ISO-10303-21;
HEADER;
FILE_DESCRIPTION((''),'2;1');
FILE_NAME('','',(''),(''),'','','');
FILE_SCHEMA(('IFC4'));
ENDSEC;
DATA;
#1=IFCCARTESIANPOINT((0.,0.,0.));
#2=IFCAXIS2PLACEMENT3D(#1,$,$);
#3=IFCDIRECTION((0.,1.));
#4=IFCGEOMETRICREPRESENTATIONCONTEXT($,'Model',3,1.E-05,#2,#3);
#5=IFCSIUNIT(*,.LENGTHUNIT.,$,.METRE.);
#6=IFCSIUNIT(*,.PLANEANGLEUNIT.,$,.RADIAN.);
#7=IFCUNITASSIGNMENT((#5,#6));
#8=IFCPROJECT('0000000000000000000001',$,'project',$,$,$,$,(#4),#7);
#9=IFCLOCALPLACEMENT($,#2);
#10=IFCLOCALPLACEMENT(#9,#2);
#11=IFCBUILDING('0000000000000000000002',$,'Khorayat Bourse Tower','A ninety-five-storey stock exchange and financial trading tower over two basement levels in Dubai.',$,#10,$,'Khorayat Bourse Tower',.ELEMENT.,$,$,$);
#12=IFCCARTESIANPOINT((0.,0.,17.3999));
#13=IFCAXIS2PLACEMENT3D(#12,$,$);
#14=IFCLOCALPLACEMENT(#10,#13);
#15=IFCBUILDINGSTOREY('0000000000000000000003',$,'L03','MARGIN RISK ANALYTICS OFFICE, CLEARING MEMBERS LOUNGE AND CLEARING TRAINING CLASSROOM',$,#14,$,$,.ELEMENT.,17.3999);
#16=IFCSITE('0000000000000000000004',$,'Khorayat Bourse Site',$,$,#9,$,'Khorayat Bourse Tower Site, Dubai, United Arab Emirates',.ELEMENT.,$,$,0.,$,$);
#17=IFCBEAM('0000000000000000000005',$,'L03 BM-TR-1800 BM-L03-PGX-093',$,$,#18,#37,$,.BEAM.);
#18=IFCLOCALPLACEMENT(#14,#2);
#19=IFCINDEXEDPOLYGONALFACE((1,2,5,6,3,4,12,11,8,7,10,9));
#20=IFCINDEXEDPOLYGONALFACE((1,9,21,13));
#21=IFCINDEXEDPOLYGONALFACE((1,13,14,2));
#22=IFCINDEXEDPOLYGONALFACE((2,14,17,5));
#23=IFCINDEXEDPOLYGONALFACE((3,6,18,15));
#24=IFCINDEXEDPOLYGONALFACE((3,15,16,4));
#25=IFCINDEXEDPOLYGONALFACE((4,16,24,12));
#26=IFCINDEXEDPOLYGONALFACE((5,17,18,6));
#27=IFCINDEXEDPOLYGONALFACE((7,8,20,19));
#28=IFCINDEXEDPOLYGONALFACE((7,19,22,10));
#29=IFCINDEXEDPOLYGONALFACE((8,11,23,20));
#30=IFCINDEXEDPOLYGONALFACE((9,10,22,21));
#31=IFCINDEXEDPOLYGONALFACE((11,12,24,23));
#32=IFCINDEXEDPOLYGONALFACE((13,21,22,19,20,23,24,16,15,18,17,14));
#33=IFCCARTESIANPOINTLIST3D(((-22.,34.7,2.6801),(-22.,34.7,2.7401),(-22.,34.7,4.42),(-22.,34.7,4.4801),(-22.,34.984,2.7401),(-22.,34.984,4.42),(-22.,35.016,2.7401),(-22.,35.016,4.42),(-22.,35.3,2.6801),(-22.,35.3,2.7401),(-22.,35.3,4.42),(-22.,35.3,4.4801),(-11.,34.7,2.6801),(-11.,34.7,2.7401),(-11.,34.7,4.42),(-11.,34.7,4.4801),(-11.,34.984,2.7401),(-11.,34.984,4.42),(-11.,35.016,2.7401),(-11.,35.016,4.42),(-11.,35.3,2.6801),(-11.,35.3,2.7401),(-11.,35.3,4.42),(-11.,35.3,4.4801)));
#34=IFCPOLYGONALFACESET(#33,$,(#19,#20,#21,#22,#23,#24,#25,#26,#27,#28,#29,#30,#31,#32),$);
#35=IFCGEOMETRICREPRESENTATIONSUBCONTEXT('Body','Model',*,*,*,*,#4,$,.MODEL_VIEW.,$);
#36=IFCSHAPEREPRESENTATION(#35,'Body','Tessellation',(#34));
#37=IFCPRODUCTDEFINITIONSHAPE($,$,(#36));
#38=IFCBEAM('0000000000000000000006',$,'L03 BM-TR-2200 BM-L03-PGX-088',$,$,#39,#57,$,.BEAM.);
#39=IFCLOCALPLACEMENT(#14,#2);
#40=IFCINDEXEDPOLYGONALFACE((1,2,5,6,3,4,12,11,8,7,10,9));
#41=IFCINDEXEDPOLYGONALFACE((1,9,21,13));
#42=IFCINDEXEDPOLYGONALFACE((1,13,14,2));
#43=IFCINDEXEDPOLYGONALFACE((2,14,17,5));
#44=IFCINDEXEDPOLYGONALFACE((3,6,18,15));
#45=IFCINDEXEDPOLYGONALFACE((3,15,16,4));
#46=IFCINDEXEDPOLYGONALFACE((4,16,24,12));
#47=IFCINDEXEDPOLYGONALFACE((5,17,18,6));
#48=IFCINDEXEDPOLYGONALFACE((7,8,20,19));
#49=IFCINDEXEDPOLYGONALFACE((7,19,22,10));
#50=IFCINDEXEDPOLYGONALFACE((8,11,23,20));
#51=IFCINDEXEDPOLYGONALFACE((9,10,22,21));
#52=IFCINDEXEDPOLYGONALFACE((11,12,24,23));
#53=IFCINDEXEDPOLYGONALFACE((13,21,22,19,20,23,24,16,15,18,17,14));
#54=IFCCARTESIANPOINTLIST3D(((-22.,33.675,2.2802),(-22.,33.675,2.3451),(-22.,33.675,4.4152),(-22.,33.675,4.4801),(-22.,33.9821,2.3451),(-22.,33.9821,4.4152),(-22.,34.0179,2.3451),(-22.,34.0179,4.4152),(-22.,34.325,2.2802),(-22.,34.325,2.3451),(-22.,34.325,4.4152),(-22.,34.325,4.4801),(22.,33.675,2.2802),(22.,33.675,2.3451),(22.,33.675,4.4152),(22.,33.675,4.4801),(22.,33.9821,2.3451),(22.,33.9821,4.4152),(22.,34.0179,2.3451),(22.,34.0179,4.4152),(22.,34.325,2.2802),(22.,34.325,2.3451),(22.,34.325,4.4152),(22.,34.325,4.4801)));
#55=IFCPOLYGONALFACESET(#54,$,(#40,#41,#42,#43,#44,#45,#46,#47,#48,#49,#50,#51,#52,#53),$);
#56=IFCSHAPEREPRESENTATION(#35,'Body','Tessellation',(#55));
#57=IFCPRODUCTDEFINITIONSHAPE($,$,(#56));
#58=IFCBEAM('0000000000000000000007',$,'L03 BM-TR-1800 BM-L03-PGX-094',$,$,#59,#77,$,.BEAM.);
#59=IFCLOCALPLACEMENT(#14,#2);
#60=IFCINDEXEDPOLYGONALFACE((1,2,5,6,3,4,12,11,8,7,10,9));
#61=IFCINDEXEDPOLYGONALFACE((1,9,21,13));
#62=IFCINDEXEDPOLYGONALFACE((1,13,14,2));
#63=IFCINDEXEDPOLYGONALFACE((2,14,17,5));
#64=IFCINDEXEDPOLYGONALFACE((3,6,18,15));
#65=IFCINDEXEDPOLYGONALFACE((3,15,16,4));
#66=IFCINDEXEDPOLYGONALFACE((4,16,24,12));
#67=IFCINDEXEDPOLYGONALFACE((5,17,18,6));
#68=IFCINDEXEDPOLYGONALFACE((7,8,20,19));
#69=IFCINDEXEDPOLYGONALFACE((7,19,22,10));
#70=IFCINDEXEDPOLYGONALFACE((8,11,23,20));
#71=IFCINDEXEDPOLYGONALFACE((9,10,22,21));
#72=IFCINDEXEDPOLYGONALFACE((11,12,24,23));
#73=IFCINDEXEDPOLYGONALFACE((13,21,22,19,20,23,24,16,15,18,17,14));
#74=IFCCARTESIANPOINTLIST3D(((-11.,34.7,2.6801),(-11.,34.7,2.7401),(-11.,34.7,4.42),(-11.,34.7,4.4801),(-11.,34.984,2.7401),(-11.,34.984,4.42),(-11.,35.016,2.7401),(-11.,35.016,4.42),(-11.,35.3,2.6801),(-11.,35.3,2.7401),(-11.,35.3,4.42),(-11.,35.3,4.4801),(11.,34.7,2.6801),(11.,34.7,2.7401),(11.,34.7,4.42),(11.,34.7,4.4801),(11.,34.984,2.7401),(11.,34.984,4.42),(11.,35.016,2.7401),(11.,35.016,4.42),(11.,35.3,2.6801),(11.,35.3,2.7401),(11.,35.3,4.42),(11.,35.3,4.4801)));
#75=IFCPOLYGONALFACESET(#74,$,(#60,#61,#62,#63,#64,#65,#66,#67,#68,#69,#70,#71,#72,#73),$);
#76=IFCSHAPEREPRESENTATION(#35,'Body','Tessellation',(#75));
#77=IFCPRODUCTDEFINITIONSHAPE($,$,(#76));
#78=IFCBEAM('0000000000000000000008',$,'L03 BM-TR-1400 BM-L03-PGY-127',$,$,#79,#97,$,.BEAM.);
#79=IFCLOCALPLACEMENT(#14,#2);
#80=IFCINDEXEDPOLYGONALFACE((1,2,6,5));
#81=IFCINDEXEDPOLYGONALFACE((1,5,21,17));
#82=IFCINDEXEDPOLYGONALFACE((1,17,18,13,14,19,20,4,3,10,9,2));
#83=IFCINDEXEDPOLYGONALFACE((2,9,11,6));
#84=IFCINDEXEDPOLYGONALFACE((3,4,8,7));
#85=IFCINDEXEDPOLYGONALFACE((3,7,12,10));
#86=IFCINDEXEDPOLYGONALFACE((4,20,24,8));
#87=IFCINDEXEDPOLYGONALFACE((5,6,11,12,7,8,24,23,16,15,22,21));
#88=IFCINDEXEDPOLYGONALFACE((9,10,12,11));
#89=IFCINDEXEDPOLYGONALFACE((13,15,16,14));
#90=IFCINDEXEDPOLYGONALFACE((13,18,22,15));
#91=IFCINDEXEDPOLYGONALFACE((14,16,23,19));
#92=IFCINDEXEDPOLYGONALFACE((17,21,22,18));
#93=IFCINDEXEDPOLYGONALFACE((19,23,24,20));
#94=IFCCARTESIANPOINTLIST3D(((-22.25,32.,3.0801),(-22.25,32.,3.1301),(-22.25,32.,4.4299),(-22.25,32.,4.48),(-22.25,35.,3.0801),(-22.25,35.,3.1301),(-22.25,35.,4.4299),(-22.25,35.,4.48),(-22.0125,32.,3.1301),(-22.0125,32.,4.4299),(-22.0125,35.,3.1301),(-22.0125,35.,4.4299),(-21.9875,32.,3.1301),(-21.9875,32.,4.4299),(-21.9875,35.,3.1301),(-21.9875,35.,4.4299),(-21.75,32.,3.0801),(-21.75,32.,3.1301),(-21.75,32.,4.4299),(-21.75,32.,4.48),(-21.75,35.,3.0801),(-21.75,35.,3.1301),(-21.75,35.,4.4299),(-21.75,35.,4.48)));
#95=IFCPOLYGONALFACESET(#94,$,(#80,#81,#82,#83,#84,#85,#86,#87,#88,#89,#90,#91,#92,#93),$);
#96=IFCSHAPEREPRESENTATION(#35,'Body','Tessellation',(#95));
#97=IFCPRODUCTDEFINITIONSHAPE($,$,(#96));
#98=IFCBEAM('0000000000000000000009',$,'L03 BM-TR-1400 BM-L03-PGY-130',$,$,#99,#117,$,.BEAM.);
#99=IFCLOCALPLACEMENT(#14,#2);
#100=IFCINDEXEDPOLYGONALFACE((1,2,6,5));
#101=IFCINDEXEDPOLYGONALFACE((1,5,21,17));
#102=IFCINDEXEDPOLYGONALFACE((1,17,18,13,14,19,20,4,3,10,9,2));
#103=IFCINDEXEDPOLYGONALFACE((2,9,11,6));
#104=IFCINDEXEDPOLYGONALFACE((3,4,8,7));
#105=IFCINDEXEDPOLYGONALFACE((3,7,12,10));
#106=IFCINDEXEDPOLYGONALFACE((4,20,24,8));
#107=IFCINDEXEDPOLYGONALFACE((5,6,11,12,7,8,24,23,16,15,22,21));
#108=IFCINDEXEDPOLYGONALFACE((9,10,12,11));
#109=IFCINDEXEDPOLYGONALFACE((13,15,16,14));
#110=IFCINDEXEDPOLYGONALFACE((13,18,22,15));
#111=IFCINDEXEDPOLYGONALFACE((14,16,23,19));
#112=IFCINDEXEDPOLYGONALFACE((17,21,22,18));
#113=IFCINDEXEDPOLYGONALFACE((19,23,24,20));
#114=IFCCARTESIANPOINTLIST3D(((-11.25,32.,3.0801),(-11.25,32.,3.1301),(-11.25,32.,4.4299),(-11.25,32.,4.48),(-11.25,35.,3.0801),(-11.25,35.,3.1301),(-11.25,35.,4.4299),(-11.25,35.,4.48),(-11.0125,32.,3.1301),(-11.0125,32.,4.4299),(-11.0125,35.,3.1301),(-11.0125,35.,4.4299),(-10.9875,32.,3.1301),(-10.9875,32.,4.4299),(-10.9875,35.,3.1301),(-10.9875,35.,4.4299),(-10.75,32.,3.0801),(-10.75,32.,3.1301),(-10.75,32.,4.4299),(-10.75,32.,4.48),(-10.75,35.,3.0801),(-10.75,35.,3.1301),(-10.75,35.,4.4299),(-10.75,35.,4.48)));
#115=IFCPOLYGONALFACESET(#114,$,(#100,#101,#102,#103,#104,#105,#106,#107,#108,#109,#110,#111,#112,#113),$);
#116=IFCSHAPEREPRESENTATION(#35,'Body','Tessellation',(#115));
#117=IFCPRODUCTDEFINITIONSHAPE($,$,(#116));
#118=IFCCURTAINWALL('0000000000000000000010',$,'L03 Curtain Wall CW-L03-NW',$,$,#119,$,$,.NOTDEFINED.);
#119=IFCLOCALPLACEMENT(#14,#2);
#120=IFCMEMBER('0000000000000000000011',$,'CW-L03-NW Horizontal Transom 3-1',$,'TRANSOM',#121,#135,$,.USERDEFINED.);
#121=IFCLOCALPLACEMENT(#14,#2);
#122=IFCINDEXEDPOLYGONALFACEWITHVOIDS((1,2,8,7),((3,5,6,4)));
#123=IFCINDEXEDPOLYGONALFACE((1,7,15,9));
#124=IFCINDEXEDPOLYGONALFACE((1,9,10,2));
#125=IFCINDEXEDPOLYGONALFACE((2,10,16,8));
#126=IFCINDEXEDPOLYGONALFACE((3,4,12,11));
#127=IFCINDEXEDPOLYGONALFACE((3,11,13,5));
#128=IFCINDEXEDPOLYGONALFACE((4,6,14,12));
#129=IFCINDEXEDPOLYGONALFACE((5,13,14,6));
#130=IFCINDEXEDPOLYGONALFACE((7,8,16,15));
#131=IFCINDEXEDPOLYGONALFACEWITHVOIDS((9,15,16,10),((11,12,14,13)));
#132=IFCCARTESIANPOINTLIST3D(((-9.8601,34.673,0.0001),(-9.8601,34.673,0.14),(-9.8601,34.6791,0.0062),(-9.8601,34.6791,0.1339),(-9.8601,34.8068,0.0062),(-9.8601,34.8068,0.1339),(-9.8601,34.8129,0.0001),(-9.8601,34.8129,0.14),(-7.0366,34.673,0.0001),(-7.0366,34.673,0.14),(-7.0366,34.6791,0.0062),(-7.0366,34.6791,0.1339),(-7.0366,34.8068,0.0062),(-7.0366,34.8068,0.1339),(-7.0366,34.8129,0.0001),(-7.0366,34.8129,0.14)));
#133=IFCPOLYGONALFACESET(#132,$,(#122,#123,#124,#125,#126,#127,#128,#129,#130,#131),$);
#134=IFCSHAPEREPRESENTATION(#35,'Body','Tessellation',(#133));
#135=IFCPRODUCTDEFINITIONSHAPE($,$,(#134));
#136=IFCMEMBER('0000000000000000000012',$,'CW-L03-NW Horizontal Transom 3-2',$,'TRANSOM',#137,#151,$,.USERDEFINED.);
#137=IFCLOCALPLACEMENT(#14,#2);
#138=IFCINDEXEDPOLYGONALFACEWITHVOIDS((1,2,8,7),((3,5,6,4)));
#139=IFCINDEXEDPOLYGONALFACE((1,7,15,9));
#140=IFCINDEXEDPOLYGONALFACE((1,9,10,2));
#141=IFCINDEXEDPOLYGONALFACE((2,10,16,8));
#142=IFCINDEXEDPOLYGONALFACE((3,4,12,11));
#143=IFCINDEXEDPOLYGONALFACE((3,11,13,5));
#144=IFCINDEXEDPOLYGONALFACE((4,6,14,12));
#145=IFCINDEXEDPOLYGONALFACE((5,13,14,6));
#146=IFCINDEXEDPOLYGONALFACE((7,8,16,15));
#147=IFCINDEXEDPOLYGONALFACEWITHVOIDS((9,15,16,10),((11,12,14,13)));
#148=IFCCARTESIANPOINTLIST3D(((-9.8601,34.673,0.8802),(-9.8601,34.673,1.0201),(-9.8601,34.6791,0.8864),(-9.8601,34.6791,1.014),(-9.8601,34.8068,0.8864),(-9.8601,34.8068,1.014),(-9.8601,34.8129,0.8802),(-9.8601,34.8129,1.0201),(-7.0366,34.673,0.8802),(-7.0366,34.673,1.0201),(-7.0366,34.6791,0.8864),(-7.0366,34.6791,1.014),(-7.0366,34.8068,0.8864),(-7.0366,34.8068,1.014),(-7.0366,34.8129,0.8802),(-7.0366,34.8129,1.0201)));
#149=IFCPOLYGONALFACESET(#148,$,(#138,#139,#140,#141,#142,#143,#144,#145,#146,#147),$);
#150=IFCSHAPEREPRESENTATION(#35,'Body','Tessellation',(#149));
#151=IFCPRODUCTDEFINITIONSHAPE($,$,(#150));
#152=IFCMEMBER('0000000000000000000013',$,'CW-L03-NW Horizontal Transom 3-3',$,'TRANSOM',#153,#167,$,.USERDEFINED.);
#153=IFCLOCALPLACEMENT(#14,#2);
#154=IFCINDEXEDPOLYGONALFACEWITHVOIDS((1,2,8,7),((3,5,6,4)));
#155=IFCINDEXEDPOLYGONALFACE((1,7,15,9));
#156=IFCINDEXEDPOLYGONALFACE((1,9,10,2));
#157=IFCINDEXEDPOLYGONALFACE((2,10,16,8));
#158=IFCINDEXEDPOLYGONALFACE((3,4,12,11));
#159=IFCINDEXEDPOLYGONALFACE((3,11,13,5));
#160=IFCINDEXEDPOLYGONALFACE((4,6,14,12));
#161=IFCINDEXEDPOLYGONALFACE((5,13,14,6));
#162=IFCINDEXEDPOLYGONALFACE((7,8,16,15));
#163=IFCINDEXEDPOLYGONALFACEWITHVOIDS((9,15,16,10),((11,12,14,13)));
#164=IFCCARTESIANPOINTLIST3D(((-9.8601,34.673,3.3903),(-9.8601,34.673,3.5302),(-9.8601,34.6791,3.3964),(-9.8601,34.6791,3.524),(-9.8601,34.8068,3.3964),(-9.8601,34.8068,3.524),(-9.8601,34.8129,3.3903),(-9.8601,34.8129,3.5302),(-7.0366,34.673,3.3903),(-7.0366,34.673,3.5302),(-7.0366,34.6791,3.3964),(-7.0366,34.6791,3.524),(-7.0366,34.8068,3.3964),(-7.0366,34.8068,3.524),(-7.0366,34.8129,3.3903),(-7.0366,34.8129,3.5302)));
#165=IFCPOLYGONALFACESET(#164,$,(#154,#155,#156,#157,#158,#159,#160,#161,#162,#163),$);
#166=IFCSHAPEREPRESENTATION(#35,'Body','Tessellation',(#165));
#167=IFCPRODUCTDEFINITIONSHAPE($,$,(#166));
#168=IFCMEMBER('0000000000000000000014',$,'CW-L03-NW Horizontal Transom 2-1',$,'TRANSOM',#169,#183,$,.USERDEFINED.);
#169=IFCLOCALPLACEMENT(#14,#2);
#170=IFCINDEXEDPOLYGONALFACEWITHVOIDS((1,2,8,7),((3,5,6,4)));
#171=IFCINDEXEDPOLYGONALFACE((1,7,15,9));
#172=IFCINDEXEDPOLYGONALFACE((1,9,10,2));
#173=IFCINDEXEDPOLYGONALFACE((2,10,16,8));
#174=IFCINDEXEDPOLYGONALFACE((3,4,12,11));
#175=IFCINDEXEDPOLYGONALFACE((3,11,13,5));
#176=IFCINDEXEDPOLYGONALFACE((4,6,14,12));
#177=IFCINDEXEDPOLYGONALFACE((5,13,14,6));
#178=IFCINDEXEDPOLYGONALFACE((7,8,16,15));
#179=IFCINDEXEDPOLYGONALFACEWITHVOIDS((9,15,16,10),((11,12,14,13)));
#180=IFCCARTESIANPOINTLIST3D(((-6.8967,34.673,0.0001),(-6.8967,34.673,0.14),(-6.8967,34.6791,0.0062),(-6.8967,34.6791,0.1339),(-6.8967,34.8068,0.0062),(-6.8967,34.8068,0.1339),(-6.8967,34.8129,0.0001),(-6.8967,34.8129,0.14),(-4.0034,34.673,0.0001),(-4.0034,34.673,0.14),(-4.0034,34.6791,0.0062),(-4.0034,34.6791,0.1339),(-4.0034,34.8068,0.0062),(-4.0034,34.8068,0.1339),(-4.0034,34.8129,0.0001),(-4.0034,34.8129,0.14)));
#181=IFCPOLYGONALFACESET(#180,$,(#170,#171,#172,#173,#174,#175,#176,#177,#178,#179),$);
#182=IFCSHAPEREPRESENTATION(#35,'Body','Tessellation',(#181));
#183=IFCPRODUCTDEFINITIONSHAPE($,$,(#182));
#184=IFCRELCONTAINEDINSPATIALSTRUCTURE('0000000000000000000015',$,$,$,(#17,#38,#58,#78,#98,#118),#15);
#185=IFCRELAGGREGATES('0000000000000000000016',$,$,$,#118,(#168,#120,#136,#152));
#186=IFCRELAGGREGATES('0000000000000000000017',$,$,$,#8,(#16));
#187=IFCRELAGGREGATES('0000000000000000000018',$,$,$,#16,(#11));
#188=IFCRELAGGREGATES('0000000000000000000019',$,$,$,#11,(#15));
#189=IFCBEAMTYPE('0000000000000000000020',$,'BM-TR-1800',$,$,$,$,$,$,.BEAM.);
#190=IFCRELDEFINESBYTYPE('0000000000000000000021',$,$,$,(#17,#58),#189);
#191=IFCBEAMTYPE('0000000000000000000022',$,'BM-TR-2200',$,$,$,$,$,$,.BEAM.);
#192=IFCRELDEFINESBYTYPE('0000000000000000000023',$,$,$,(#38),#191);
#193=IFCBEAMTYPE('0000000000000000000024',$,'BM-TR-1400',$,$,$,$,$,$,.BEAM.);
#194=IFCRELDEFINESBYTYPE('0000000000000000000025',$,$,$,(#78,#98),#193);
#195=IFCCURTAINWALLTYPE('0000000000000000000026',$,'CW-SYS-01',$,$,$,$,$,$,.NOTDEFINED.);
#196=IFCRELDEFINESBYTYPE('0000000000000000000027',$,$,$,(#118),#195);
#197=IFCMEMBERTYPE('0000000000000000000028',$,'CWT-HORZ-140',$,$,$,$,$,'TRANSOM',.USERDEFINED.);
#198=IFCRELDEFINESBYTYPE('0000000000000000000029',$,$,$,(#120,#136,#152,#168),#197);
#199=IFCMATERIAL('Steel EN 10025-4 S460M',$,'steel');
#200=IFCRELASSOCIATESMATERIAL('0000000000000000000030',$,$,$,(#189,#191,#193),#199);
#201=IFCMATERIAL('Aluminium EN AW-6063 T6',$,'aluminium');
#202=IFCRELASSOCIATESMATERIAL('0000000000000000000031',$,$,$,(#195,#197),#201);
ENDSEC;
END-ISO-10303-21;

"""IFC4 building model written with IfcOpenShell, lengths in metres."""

from ifc_helpers import new_model, si_unit, direction, frame, origin, origin_2d, place, context, subcontext, project, spatial, hollow_rectangle, i_section, extrude, source, transform, mapped, material, material_profile, profile_set, type_object, element, aggregate, save


model = new_model("IFC4")

# Units and contexts
model_context = context("Model", 3, precision=1e-05, world=origin(), true_north=direction((0.0, 1.0)))
body_context = subcontext(model_context, "Body", "Model", "MODEL_VIEW")
ifc_project = project(units=[si_unit("LENGTHUNIT", "METRE"), si_unit("PLANEANGLEUNIT", "RADIAN")], contexts=[model_context])

# Site, building, storey
site_placement = place(None, origin())
site = spatial("IfcSite", under=ifc_project, at=site_placement, Name="Khorayat Bourse Site", LongName="Khorayat Bourse Tower Site, Dubai, United Arab Emirates", CompositionType="ELEMENT", RefElevation=0.0)
building_placement = place(site_placement, origin())
building = spatial("IfcBuilding", under=site, at=building_placement, Name="Khorayat Bourse Tower", Description="A ninety-five-storey stock exchange and financial trading tower over two basement levels in Dubai.", LongName="Khorayat Bourse Tower", CompositionType="ELEMENT")
storey_placement = place(building_placement, frame((0.0, 0.0, 17.3999)))
storey = spatial("IfcBuildingStorey", under=building, at=storey_placement, Name="L03", Description="MARGIN RISK ANALYTICS OFFICE, CLEARING MEMBERS LOUNGE AND CLEARING TRAINING CLASSROOM", CompositionType="ELEMENT", Elevation=17.3999)

# Beams
ifc_material_1 = material(Name="Steel EN 10025-4 S460M", Category="steel")
ifc_material_profile_1 = material_profile(ifc_material_1, i_section(OverallWidth=0.6001, OverallDepth=1.8, WebThickness=0.032, FlangeThickness=0.0601, at=origin_2d()), Name="PG 1800x600x32x60")
ifc_profile_set_1 = profile_set([ifc_material_profile_1], Name="Steel EN 10025-4 S460M")
beam_type_1 = type_object("IfcBeamType", Name="BM-TR-1800", PredefinedType="BEAM", material=ifc_profile_set_1)
shared_shape_1 = source(origin(), body_context, "Body", "SweptSolid", [
    extrude(i_section(OverallWidth=0.6001, OverallDepth=1.8, WebThickness=0.032, FlangeThickness=0.0601, at=origin_2d()), origin(), (0.0, 0.0, 1.0), 11.0),
])
for number, where, z_axis, x_axis, name in (
    (1, (-22.0, 35.0, 3.5801), (1.0, 0.0, 0.0), (0.0, 1.0, 0.0), "L03 BM-TR-1800 BM-L03-PGX-093"),
):
    element("IfcBeam", number, at=place(storey_placement, frame(where, z_axis=z_axis, x_axis=x_axis)), inside=storey, type_object=beam_type_1, Name=name, PredefinedType="BEAM", context=body_context, shape_type="MappedRepresentation", body=[
        mapped(shared_shape_1, transform((0.0, 0.0, 0.0), scale=1.0)),
    ])
ifc_material_profile_2 = material_profile(ifc_material_1, i_section(OverallWidth=0.6499, OverallDepth=2.2, WebThickness=0.0359, FlangeThickness=0.0649, at=origin_2d()), Name="PG 2200x650x36x65")
ifc_profile_set_2 = profile_set([ifc_material_profile_2], Name="Steel EN 10025-4 S460M")
beam_type_2 = type_object("IfcBeamType", Name="BM-TR-2200", PredefinedType="BEAM", material=ifc_profile_set_2)
shared_shape_2 = source(origin(), body_context, "Body", "SweptSolid", [
    extrude(i_section(OverallWidth=0.6499, OverallDepth=2.2, WebThickness=0.0359, FlangeThickness=0.0649, at=origin_2d()), origin(), (0.0, 0.0, 1.0), 44.0),
])
beam_1_placement = place(storey_placement, frame((-22.0, 34.0, 3.3801), z_axis=(1.0, 0.0, 0.0), x_axis=(0.0, 1.0, 0.0)))
element("IfcBeam", 2, at=beam_1_placement, inside=storey, type_object=beam_type_2, Name="L03 BM-TR-2200 BM-L03-PGX-088", PredefinedType="BEAM", context=body_context, shape_type="MappedRepresentation", body=[
    mapped(shared_shape_2, transform((0.0, 0.0, 0.0), scale=1.0)),
])
shared_shape_3 = source(origin(), body_context, "Body", "SweptSolid", [
    extrude(i_section(OverallWidth=0.6001, OverallDepth=1.8, WebThickness=0.032, FlangeThickness=0.0601, at=origin_2d()), origin(), (0.0, 0.0, 1.0), 22.0),
])
beam_2_placement = place(storey_placement, frame((-11.0, 35.0, 3.5801), z_axis=(1.0, 0.0, 0.0), x_axis=(0.0, 1.0, 0.0)))
element("IfcBeam", 3, at=beam_2_placement, inside=storey, type_object=beam_type_1, Name="L03 BM-TR-1800 BM-L03-PGX-094", PredefinedType="BEAM", context=body_context, shape_type="MappedRepresentation", body=[
    mapped(shared_shape_3, transform((0.0, 0.0, 0.0), scale=1.0)),
])
ifc_material_profile_3 = material_profile(ifc_material_1, i_section(OverallWidth=0.5, OverallDepth=1.3999, WebThickness=0.0249, FlangeThickness=0.05, at=origin_2d()), Name="PG 1400x500x25x50")
ifc_profile_set_3 = profile_set([ifc_material_profile_3], Name="Steel EN 10025-4 S460M")
beam_type_3 = type_object("IfcBeamType", Name="BM-TR-1400", PredefinedType="BEAM", material=ifc_profile_set_3)
shared_shape_4 = source(origin(), body_context, "Body", "SweptSolid", [
    extrude(i_section(OverallWidth=0.5, OverallDepth=1.3999, WebThickness=0.0249, FlangeThickness=0.05, at=origin_2d()), origin(), (0.0, 0.0, 1.0), 3.0),
])
for number, where, z_axis, x_axis, name in (
    (4, (-22.0, 32.0, 3.78), (0.0, 1.0, 0.0), (-1.0, 0.0, 0.0), "L03 BM-TR-1400 BM-L03-PGY-127"),
    (5, (-11.0, 32.0, 3.78), (0.0, 1.0, 0.0), (-1.0, 0.0, 0.0), "L03 BM-TR-1400 BM-L03-PGY-130"),
):
    element("IfcBeam", number, at=place(storey_placement, frame(where, z_axis=z_axis, x_axis=x_axis)), inside=storey, type_object=beam_type_3, Name=name, PredefinedType="BEAM", context=body_context, shape_type="MappedRepresentation", body=[
        mapped(shared_shape_4, transform((0.0, 0.0, 0.0), scale=1.0)),
    ])

# Curtain wall, members
ifc_material_2 = material(Name="Aluminium EN AW-6063 T6", Category="aluminium")
curtain_wall_type = type_object("IfcCurtainWallType", Name="CW-SYS-01", PredefinedType="NOTDEFINED", material=ifc_material_2)
curtain_wall_placement = place(storey_placement, origin())
curtain_wall = element("IfcCurtainWall", 6, at=curtain_wall_placement, inside=storey, type_object=curtain_wall_type, Name="L03 Curtain Wall CW-L03-NW", PredefinedType="NOTDEFINED")
ifc_material_profile_4 = material_profile(ifc_material_2, hollow_rectangle(XDim=0.1399, YDim=0.1399, WallThickness=0.0061, at=origin_2d()), Name="ALU 140x140x6")
ifc_profile_set_4 = profile_set([ifc_material_profile_4], Name="Aluminium EN AW-6063 T6")
member_type_1 = type_object("IfcMemberType", Name="CWT-HORZ-140", ElementType="TRANSOM", PredefinedType="USERDEFINED", material=ifc_profile_set_4)
shared_shape_5 = source(origin(), body_context, "Body", "SweptSolid", [
    extrude(hollow_rectangle(XDim=0.1399, YDim=0.1399, WallThickness=0.0061, at=origin_2d()), origin(), (0.0, 0.0, 1.0), 2.8235),
])
member_1_placement = place(storey_placement, frame((-7.0366, 34.7429, 0.0701), z_axis=(-1.0, 0.0, 0.0), x_axis=(0.0, -1.0, 0.0)))
member_1 = element("IfcMember", 7, at=member_1_placement, type_object=member_type_1, Name="CW-L03-NW Horizontal Transom 3-1", ObjectType="TRANSOM", PredefinedType="USERDEFINED", context=body_context, shape_type="MappedRepresentation", body=[
    mapped(shared_shape_5, transform((0.0, 0.0, 0.0), scale=1.0)),
])
member_2_placement = place(storey_placement, frame((-7.0366, 34.7429, 0.9502), z_axis=(-1.0, 0.0, 0.0), x_axis=(0.0, -1.0, 0.0)))
member_2 = element("IfcMember", 8, at=member_2_placement, type_object=member_type_1, Name="CW-L03-NW Horizontal Transom 3-2", ObjectType="TRANSOM", PredefinedType="USERDEFINED", context=body_context, shape_type="MappedRepresentation", body=[
    mapped(shared_shape_5, transform((0.0, 0.0, 0.0), scale=1.0)),
])
member_3_placement = place(storey_placement, frame((-7.0366, 34.7429, 3.4602), z_axis=(-1.0, 0.0, 0.0), x_axis=(0.0, -1.0, 0.0)))
member_3 = element("IfcMember", 9, at=member_3_placement, type_object=member_type_1, Name="CW-L03-NW Horizontal Transom 3-3", ObjectType="TRANSOM", PredefinedType="USERDEFINED", context=body_context, shape_type="MappedRepresentation", body=[
    mapped(shared_shape_5, transform((0.0, 0.0, 0.0), scale=1.0)),
])
shared_shape_6 = source(origin(), body_context, "Body", "SweptSolid", [
    extrude(hollow_rectangle(XDim=0.1399, YDim=0.1399, WallThickness=0.0061, at=origin_2d()), origin(), (0.0, 0.0, 1.0), 2.8933),
])
member_4_placement = place(storey_placement, frame((-4.0034, 34.7429, 0.0701), z_axis=(-1.0, 0.0, 0.0), x_axis=(0.0, -1.0, 0.0)))
member_4 = element("IfcMember", 10, at=member_4_placement, type_object=member_type_1, Name="CW-L03-NW Horizontal Transom 2-1", ObjectType="TRANSOM", PredefinedType="USERDEFINED", context=body_context, shape_type="MappedRepresentation", body=[
    mapped(shared_shape_6, transform((0.0, 0.0, 0.0), scale=1.0)),
])

aggregate(curtain_wall, [member_4, member_1, member_2, member_3])

save(model, "model.ifc")
